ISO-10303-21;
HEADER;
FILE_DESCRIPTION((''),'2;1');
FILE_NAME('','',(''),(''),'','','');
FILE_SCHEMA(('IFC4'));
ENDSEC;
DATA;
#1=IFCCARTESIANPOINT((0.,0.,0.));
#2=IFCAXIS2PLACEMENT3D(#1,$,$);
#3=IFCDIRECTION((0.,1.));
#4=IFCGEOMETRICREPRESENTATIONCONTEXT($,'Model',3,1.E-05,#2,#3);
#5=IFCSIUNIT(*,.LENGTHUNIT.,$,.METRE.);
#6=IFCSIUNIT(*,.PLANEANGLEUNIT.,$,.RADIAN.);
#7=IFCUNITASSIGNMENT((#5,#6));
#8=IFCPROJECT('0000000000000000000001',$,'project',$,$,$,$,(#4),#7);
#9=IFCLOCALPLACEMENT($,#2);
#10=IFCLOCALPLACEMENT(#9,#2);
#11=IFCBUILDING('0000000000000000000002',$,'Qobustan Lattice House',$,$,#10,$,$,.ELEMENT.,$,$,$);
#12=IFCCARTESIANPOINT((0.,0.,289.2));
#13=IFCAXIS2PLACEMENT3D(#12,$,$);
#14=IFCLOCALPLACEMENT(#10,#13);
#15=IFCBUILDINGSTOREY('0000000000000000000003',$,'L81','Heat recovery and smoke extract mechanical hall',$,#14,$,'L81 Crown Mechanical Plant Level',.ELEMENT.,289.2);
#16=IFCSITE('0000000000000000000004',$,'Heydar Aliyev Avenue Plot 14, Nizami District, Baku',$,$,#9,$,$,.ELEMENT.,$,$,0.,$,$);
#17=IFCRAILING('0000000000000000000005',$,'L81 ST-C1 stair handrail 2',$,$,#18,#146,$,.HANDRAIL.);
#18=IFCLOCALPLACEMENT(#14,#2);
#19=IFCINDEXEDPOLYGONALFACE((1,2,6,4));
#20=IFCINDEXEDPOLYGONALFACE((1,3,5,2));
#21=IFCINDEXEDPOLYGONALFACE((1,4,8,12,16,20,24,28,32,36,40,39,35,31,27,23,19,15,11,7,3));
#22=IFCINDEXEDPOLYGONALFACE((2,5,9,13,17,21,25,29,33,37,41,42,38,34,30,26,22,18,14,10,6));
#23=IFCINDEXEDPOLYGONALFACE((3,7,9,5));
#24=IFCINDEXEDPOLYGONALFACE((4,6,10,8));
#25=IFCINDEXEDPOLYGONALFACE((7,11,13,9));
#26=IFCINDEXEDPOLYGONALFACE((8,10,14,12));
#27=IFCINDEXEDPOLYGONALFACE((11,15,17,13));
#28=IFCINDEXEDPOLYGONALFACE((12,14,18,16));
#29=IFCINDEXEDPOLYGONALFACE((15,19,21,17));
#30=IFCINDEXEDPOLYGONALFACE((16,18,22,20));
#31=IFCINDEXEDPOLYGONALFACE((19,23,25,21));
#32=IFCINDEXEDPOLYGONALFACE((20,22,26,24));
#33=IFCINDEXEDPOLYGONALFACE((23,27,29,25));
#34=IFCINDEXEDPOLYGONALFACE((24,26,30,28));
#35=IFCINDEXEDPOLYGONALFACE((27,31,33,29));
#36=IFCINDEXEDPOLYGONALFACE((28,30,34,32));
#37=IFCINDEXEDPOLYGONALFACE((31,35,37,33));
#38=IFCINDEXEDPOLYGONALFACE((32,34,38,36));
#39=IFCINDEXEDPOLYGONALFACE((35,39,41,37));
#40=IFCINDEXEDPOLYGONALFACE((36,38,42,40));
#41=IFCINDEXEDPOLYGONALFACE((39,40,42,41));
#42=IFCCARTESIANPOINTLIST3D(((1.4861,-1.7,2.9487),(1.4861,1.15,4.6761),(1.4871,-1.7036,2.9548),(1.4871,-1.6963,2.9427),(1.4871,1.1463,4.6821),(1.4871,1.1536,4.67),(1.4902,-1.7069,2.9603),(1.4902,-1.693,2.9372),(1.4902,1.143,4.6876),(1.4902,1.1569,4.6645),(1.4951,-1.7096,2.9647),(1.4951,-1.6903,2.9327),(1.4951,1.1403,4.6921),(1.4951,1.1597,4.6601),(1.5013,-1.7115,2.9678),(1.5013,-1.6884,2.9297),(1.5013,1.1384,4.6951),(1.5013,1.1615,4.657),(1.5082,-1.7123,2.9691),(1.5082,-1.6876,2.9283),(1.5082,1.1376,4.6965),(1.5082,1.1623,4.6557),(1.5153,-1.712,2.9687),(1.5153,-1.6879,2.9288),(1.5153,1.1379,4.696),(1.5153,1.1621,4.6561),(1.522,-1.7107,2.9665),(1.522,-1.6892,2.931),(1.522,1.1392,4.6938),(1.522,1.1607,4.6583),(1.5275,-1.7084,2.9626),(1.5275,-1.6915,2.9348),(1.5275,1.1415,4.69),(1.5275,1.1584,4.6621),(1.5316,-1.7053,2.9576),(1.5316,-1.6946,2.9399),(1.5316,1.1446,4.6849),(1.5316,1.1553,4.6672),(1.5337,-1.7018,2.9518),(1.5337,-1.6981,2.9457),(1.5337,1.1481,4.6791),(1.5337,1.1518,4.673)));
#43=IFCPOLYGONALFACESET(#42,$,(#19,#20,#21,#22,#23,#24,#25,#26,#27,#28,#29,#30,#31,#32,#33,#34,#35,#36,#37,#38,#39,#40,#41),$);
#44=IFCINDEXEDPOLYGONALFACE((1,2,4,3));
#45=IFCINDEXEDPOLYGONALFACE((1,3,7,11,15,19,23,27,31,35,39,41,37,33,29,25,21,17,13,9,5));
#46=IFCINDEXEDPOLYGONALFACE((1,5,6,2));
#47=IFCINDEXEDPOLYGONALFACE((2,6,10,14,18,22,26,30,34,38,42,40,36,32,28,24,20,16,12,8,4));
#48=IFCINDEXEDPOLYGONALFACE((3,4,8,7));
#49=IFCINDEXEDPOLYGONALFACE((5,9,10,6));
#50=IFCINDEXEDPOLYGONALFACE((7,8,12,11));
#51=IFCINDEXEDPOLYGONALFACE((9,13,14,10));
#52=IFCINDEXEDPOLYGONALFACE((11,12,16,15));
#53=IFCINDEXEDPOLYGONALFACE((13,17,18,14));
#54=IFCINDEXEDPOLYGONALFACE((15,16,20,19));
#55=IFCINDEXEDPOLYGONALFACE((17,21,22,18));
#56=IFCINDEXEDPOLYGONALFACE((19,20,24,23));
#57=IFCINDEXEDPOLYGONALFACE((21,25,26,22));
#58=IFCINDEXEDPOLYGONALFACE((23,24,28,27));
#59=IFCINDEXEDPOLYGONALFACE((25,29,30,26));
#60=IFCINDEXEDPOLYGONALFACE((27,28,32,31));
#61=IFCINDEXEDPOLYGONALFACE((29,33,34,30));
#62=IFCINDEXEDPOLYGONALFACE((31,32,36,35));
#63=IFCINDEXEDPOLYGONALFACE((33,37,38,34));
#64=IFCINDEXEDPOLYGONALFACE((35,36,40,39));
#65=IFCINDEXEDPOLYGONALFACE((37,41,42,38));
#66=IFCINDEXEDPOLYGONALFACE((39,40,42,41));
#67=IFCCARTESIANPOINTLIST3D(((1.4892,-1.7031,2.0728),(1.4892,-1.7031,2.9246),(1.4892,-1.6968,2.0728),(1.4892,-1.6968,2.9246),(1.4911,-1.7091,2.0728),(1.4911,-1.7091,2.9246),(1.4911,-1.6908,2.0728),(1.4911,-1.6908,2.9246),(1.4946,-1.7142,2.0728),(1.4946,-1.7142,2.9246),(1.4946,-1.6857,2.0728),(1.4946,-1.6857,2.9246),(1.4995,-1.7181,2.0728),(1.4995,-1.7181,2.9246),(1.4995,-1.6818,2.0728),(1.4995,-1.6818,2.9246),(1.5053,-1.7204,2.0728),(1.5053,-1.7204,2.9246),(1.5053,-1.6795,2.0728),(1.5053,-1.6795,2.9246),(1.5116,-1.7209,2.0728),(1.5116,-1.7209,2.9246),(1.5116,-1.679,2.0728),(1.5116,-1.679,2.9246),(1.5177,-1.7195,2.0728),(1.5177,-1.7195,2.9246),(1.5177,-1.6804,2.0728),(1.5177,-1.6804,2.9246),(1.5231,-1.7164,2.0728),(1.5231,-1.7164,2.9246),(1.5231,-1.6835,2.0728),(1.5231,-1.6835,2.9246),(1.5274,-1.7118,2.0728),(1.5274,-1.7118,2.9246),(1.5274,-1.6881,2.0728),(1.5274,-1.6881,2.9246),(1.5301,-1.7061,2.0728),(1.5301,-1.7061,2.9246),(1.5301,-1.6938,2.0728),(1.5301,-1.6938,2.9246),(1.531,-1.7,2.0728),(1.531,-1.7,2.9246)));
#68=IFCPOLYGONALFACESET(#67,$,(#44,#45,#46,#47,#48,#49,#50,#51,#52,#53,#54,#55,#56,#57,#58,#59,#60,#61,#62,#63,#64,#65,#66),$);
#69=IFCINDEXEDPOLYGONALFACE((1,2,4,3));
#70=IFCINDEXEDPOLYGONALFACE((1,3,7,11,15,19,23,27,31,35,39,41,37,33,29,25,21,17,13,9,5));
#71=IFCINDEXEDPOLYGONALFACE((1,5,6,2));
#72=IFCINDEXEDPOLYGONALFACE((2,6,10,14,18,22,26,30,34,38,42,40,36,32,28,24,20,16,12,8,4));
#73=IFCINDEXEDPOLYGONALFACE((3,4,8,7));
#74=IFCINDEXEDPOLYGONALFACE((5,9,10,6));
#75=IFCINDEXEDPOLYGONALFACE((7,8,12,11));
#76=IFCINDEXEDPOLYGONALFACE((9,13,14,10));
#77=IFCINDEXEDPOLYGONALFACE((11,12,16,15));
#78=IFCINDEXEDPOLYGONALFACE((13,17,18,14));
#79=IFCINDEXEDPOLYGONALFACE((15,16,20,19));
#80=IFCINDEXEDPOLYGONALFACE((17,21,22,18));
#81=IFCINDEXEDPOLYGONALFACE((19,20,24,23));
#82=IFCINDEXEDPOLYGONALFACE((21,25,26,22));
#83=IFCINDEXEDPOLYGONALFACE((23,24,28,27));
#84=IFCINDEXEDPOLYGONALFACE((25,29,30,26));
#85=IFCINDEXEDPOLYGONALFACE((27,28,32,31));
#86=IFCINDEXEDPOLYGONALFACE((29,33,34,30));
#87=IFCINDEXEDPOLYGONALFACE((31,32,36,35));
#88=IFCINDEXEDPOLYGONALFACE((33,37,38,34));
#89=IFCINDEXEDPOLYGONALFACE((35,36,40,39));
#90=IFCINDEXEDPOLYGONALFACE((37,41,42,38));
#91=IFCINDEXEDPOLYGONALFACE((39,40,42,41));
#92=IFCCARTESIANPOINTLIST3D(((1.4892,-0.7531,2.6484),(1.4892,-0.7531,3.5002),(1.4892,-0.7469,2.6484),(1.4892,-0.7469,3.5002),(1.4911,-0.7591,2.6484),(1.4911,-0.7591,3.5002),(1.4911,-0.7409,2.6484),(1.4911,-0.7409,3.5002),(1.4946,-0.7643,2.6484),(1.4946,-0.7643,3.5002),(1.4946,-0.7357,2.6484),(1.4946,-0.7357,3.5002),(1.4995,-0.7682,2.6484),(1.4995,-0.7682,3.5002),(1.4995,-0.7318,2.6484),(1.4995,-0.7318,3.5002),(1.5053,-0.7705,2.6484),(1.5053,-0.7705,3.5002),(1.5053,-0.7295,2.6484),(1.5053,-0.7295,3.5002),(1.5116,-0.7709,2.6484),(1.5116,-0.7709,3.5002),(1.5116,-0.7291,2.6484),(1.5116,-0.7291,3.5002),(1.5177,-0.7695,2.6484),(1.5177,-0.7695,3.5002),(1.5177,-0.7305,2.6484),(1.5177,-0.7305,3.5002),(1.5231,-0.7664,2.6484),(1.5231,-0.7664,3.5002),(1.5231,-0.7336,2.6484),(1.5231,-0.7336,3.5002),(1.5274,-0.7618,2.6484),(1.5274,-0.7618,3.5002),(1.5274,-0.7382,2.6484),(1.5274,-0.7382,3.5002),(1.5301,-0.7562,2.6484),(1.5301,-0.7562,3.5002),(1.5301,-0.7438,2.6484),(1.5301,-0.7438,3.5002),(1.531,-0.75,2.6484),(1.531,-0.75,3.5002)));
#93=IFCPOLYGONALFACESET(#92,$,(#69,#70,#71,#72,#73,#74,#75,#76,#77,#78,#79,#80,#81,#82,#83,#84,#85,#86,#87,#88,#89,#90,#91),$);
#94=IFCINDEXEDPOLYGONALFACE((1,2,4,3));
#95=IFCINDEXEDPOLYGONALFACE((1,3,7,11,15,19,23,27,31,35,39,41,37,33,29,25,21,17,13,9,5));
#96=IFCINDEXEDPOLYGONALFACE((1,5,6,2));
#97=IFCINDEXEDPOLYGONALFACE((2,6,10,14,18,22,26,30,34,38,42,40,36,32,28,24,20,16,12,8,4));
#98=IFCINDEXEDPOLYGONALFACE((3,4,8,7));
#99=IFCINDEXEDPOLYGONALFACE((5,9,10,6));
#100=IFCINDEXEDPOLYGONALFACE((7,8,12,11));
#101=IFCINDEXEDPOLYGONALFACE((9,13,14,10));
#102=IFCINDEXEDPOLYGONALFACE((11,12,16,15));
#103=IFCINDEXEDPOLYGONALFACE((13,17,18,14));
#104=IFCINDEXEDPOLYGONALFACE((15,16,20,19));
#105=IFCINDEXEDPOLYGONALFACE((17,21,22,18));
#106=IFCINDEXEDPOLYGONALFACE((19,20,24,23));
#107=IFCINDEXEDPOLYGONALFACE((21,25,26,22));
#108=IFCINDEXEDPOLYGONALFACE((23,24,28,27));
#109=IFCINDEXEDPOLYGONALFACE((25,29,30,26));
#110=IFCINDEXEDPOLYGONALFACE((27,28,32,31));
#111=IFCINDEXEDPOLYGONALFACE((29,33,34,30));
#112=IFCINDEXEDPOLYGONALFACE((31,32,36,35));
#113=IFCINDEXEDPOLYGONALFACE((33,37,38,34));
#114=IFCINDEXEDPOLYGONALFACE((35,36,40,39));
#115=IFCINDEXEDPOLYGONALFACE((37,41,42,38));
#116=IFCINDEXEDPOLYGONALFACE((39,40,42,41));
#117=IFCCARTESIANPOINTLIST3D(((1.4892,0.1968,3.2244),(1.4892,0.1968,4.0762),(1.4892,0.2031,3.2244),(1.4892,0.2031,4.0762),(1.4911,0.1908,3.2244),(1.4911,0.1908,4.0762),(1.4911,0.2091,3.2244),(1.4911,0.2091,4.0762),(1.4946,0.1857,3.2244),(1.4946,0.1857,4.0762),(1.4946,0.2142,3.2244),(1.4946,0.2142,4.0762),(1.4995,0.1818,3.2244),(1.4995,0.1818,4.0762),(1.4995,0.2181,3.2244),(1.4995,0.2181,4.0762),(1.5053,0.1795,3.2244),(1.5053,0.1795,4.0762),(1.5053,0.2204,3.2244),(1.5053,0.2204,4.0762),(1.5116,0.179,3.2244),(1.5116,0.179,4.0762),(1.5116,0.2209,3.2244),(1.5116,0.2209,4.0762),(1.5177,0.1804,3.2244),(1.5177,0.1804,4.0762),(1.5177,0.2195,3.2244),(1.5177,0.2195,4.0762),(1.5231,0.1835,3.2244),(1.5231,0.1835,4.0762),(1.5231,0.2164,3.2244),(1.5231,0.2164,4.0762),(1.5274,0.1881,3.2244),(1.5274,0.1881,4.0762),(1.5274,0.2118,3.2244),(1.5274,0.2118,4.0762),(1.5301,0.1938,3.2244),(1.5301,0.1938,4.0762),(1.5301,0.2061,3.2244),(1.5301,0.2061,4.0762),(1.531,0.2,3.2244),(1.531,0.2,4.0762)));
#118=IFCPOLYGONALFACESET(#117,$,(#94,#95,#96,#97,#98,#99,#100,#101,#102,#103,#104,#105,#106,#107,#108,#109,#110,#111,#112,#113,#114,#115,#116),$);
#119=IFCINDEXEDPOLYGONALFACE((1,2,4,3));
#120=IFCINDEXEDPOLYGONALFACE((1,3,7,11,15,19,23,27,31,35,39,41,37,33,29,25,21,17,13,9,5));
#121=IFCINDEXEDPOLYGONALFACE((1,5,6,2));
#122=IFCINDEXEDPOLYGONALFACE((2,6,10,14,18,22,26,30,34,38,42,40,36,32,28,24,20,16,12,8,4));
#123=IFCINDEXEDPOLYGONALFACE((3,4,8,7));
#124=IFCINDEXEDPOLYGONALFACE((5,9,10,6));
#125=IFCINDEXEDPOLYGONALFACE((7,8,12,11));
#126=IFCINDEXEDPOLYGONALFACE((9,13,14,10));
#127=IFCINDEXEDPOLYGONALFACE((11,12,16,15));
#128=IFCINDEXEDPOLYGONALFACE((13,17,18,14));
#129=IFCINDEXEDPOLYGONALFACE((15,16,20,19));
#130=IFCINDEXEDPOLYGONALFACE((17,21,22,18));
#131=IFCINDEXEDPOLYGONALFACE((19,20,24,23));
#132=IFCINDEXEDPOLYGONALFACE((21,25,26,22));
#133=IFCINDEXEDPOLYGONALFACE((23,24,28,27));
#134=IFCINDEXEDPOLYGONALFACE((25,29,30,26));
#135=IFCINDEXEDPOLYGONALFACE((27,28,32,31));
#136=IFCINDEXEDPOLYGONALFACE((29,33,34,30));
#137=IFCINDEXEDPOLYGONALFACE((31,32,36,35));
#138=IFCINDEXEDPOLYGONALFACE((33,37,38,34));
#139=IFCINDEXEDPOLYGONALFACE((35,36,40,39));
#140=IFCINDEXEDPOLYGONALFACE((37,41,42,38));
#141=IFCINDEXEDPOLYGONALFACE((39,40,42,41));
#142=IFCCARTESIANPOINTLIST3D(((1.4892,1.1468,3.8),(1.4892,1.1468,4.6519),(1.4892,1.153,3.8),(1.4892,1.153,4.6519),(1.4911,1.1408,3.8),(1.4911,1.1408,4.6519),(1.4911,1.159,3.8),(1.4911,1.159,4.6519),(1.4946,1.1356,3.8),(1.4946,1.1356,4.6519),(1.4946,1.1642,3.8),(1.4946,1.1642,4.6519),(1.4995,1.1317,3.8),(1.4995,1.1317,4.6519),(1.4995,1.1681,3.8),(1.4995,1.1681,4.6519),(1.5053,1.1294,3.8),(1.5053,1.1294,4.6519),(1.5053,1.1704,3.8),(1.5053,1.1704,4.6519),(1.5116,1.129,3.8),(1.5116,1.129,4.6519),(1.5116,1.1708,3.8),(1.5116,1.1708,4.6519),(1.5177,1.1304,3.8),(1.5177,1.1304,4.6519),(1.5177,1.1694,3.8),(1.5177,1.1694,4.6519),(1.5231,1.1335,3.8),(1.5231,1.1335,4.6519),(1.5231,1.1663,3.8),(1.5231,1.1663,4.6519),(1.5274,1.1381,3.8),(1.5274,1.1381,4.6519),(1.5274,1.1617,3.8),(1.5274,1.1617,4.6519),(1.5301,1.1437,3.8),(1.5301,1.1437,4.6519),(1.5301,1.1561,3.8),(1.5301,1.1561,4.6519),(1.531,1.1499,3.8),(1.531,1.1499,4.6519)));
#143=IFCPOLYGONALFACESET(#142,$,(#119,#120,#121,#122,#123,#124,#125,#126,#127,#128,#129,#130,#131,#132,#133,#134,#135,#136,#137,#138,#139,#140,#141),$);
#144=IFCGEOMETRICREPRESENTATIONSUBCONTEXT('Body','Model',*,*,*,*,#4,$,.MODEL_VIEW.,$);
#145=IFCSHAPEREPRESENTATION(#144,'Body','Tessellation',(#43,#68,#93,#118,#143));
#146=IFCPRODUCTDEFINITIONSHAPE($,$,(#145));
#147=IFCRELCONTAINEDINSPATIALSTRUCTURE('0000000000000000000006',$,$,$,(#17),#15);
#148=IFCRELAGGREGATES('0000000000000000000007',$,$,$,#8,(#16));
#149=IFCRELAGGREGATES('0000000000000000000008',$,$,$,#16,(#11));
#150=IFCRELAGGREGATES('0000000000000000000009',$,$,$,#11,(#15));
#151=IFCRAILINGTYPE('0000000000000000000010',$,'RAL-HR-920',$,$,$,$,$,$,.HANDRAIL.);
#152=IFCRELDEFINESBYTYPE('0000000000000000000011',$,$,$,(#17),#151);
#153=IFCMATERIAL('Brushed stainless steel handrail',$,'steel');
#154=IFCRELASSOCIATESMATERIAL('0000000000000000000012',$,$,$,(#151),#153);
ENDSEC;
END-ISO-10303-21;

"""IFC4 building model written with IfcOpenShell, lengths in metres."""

from ifc_helpers import new_model, si_unit, direction, frame, origin, origin_2d, place, context, subcontext, project, spatial, circle, extrude, material, type_object, element, save


model = new_model("IFC4")

# Units and contexts
model_context = context("Model", 3, precision=1e-05, world=origin(), true_north=direction((0.0, 1.0)))
body_context = subcontext(model_context, "Body", "Model", "MODEL_VIEW")
ifc_project = project(units=[si_unit("LENGTHUNIT", "METRE"), si_unit("PLANEANGLEUNIT", "RADIAN")], contexts=[model_context])

# Site, building, storey
site_placement = place(None, origin())
site = spatial("IfcSite", under=ifc_project, at=site_placement, Name="Heydar Aliyev Avenue Plot 14, Nizami District, Baku", CompositionType="ELEMENT", RefElevation=0.0)
building_placement = place(site_placement, origin())
building = spatial("IfcBuilding", under=site, at=building_placement, Name="Qobustan Lattice House", CompositionType="ELEMENT")
storey_placement = place(building_placement, frame((0.0, 0.0, 289.2)))
storey = spatial("IfcBuildingStorey", under=building, at=storey_placement, Name="L81", Description="Heat recovery and smoke extract mechanical hall", LongName="L81 Crown Mechanical Plant Level", CompositionType="ELEMENT", Elevation=289.2)

# Railing
ifc_material_1 = material(Name="Brushed stainless steel handrail", Category="steel")
railing_type_1 = type_object("IfcRailingType", Name="RAL-HR-920", PredefinedType="HANDRAIL", material=ifc_material_1)
railing_1_placement = place(storey_placement, frame((1.51, -1.7, 2.0728)))
element("IfcRailing", 1, at=railing_1_placement, inside=storey, type_object=railing_type_1, Name="L81 ST-C1 stair handrail 2", PredefinedType="HANDRAIL", context=body_context, shape_type="SweptSolid", body=[
    extrude(circle(Radius=0.0239, at=origin_2d()), frame((0.0, 0.0, 0.876), z_axis=(0.0, 0.855183, 0.518326), x_axis=(-1.0, 0.0, 0.0)), (0.0, 0.0, 1.0), 3.3325),
    extrude(circle(Radius=0.021, at=origin_2d()), origin(), (0.0, 0.0, 1.0), 0.8518),
    extrude(circle(Radius=0.021, at=origin_2d()), frame((0.0, 0.95, 0.5757)), (0.0, 0.0, 1.0), 0.8518),
    extrude(circle(Radius=0.021, at=origin_2d()), frame((0.0, 1.8999, 1.1516)), (0.0, 0.0, 1.0), 0.8518),
    extrude(circle(Radius=0.021, at=origin_2d()), frame((0.0, 2.8499, 1.7273)), (0.0, 0.0, 1.0), 0.8518),
])

save(model, "model.ifc")
